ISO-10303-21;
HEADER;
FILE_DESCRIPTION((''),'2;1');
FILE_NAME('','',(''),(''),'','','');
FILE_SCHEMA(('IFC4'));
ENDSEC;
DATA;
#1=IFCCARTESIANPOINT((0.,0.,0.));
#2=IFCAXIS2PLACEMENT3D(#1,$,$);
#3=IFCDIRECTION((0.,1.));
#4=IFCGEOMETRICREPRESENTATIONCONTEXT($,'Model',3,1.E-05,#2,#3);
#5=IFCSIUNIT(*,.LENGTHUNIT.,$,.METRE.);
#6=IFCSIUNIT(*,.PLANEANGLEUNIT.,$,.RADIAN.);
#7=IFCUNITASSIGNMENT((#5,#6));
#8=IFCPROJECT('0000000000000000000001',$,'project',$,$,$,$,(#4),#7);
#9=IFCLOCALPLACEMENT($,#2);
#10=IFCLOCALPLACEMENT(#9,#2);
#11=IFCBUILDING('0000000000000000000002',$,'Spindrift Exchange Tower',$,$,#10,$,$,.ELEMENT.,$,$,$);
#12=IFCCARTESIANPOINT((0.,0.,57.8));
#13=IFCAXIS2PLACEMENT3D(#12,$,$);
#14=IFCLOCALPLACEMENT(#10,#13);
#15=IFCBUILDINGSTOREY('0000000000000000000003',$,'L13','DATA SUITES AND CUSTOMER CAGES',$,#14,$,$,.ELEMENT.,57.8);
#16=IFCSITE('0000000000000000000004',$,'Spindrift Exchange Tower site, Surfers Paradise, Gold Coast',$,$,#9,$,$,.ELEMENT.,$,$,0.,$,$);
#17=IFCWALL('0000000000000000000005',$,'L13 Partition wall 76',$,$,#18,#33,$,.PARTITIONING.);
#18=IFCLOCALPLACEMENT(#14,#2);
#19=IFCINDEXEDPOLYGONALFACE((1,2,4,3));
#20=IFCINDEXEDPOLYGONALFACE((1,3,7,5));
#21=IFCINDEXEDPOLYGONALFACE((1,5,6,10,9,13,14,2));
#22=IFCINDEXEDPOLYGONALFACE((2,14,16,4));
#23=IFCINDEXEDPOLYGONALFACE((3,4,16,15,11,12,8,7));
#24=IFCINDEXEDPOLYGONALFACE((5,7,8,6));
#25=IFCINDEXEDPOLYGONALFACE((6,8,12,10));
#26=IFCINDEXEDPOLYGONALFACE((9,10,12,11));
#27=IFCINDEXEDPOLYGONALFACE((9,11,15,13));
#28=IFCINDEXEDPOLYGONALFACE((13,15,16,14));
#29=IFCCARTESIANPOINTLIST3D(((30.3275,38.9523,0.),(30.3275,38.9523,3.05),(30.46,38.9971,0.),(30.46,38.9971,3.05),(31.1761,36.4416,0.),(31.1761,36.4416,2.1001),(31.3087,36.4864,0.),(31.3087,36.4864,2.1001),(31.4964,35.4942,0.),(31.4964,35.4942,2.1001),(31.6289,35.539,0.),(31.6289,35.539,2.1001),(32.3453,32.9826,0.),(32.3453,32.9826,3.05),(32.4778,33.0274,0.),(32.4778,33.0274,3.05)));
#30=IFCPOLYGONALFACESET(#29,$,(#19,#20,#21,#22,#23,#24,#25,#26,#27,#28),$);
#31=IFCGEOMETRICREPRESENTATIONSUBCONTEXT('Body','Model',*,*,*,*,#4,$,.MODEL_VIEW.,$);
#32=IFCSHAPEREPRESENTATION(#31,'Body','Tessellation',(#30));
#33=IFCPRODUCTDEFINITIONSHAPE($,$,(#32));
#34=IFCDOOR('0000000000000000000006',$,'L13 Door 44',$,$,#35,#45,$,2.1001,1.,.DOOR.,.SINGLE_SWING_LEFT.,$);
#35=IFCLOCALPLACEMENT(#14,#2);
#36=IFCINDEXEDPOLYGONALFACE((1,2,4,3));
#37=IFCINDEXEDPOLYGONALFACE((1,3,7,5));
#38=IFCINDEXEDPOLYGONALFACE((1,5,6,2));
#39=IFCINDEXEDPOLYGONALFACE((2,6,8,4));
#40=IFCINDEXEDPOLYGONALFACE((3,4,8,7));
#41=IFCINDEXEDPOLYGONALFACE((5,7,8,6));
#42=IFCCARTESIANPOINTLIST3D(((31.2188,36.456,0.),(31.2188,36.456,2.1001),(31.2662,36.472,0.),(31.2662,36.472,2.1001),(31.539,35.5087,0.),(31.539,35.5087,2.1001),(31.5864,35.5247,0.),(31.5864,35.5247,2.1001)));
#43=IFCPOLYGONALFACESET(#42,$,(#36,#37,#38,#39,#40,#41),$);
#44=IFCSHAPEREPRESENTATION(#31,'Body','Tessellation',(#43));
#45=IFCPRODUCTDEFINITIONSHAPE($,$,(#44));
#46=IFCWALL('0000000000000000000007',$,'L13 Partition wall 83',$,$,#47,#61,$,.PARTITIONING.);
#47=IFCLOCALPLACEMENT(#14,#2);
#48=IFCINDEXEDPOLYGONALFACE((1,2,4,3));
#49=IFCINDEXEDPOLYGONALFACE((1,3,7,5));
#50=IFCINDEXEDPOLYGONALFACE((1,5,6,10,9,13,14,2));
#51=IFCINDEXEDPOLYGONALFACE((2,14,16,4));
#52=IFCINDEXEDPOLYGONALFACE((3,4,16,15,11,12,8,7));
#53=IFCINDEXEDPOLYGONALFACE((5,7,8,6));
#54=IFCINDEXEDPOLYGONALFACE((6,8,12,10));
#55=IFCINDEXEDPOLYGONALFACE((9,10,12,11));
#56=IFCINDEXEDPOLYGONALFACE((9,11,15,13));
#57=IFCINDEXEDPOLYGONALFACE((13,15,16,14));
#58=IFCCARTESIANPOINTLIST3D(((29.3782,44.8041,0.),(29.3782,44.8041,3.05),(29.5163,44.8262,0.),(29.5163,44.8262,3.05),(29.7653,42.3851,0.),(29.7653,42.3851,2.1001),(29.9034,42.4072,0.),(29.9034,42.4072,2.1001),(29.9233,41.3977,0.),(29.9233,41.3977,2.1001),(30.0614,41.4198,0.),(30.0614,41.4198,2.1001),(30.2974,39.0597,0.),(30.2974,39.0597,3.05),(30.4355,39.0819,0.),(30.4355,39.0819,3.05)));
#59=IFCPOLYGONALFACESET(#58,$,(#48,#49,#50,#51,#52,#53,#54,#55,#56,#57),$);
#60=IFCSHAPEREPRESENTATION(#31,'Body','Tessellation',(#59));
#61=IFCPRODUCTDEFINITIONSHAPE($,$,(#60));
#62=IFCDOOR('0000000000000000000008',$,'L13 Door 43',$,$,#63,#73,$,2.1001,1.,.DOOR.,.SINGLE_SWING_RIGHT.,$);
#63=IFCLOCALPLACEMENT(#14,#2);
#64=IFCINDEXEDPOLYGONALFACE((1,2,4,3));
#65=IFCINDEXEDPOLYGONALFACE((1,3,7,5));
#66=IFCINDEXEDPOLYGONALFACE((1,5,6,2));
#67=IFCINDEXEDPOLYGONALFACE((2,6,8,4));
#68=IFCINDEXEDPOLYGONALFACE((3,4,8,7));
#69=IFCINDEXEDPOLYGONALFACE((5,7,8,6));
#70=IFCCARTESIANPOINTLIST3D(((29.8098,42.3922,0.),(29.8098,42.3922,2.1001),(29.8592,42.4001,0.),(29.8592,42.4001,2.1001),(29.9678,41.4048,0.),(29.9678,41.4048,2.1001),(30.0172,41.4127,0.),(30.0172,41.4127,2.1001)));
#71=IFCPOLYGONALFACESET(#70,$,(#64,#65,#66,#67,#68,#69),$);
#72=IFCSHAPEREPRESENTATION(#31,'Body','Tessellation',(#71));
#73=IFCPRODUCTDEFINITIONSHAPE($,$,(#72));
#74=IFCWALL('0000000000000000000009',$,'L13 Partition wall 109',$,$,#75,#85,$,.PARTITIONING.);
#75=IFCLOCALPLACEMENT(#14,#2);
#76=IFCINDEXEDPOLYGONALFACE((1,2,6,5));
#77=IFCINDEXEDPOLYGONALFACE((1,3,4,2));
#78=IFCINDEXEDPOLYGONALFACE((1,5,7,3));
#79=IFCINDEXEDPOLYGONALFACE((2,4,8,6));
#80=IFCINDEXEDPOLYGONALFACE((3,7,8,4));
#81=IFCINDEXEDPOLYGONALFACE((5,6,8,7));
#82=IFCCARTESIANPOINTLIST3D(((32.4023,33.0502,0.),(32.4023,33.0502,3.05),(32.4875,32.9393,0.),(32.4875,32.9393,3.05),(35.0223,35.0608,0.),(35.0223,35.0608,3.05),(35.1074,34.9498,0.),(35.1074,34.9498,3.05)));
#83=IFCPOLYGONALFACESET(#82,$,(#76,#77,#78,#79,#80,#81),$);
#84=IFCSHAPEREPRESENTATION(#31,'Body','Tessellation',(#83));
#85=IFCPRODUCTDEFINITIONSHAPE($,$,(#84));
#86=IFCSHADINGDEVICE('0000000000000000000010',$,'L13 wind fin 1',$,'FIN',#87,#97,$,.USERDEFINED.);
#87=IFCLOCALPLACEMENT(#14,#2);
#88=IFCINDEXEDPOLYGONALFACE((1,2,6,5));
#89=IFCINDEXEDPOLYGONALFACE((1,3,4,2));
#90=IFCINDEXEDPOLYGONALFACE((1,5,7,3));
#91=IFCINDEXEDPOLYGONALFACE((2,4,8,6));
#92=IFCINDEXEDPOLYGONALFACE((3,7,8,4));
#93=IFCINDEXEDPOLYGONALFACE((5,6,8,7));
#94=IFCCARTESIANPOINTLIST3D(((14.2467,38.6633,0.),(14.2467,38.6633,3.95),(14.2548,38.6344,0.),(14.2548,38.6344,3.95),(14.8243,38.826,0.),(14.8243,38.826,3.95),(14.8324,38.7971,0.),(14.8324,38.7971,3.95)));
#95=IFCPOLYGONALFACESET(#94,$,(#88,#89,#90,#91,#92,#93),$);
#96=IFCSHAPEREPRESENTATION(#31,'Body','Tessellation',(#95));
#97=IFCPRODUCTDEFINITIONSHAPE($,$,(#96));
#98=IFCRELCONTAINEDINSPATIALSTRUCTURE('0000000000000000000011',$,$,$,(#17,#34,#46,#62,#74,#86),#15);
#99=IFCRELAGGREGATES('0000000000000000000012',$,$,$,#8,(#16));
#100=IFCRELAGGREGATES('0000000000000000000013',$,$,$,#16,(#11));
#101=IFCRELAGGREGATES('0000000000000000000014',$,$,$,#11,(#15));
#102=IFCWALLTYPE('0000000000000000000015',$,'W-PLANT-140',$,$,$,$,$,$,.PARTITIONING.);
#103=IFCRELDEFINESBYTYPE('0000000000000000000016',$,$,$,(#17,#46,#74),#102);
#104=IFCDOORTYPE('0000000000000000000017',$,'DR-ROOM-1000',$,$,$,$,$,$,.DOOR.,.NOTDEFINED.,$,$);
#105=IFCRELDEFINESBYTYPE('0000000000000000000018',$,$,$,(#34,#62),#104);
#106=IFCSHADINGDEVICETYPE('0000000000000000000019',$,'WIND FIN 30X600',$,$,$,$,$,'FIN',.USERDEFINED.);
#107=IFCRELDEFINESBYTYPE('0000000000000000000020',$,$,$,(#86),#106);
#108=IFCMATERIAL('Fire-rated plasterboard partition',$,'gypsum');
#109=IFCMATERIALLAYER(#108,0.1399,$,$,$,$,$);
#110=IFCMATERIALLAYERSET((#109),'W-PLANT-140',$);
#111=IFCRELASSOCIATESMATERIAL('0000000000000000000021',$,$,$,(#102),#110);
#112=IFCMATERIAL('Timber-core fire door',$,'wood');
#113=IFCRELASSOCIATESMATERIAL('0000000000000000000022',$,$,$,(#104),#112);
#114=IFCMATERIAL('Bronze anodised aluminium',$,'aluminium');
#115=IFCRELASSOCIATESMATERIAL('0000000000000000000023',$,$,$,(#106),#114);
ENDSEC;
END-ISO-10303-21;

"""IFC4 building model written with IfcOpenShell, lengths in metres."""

from ifc_helpers import new_model, si_unit, direction, frame, frame_2d, origin, origin_2d, place, context, subcontext, project, spatial, rectangle, extrude, source, transform, mapped, material, layer, layer_set, material_profile, profile_set, type_object, element, fill, save


model = new_model("IFC4")

# Units and contexts
model_context = context("Model", 3, precision=1e-05, world=origin(), true_north=direction((0.0, 1.0)))
body_context = subcontext(model_context, "Body", "Model", "MODEL_VIEW")
ifc_project = project(units=[si_unit("LENGTHUNIT", "METRE"), si_unit("PLANEANGLEUNIT", "RADIAN")], contexts=[model_context])

# Site, building, storey
site_placement = place(None, origin())
site = spatial("IfcSite", under=ifc_project, at=site_placement, Name="Spindrift Exchange Tower site, Surfers Paradise, Gold Coast", CompositionType="ELEMENT", RefElevation=0.0)
building_placement = place(site_placement, origin())
building = spatial("IfcBuilding", under=site, at=building_placement, Name="Spindrift Exchange Tower", CompositionType="ELEMENT")
storey_placement = place(building_placement, frame((0.0, 0.0, 57.8)))
storey = spatial("IfcBuildingStorey", under=building, at=storey_placement, Name="L13", Description="DATA SUITES AND CUSTOMER CAGES", CompositionType="ELEMENT", Elevation=57.8)

# Shared definitions
ifc_material_1 = material(Name="Bronze anodised aluminium", Category="aluminium")

# Shared definitions
ifc_material_2 = material(Name="Fire-rated plasterboard partition", Category="gypsum")

# Walls, openings, doors
ifc_layer_1 = layer(ifc_material_2, 0.1399)
ifc_layer_set_1 = layer_set([ifc_layer_1], Name="W-PLANT-140")
wall_type_1 = type_object("IfcWallType", Name="W-PLANT-140", PredefinedType="PARTITIONING", material=ifc_layer_set_1)
wall_1_placement = place(storey_placement, frame((32.4116, 33.0049, 0.0), z_axis=(0.0, 0.0, 1.0), x_axis=(-0.320212, 0.947346, 0.0)))
wall_1 = element("IfcWall", 1, at=wall_1_placement, inside=storey, type_object=wall_type_1, Name="L13 Partition wall 76", PredefinedType="PARTITIONING", context=body_context, shape_type="SweptSolid", body=[
    extrude(rectangle(XDim=6.3015, YDim=0.1399, at=frame_2d((3.1509, 0.0))), origin(), (0.0, 0.0, 1.0), 3.05),
])
opening_1_placement = place(wall_1_placement, frame((2.6514, 0.0, 0.0)))
opening_1 = element("IfcOpeningElement", 2, at=opening_1_placement, cuts=wall_1, PredefinedType="OPENING", context=body_context, shape_type="SweptSolid", body=[
    extrude(rectangle(XDim=1.0, YDim=2.1001, at=frame_2d((0.5, 1.05))), frame((0.0, 0.0798, 0.0), z_axis=(0.0, -1.0, 0.0), x_axis=(1.0, 0.0, 0.0)), (0.0, 0.0, 1.0), 0.1599),
])
ifc_material_3 = material(Name="Timber-core fire door", Category="wood")
door_type = type_object("IfcDoorType", Name="DR-ROOM-1000", OperationType="NOTDEFINED", PredefinedType="DOOR", material=ifc_material_3)
shared_shape_1 = source(origin(), body_context, "Body", "SweptSolid", [
    extrude(rectangle(XDim=1.0, YDim=2.1001, at=frame_2d((0.5, 1.05))), frame((0.0, 0.0249, 0.0), z_axis=(0.0, -1.0, 0.0), x_axis=(1.0, 0.0, 0.0)), (0.0, 0.0, 1.0), 0.05),
])
door_1_placement = place(opening_1_placement, origin())
door_1 = element("IfcDoor", 3, at=door_1_placement, inside=storey, type_object=door_type, Name="L13 Door 44", OperationType="SINGLE_SWING_LEFT", OverallHeight=2.1001, OverallWidth=1.0, PredefinedType="DOOR", context=body_context, shape_type="MappedRepresentation", body=[
    mapped(shared_shape_1, transform((0.0, 0.0, 0.0), scale=1.0)),
])
fill(opening_1, door_1)
wall_2_placement = place(storey_placement, frame((30.3665, 39.0708, 0.0), z_axis=(0.0, 0.0, 1.0), x_axis=(-0.158005, 0.987438, 0.0)))
wall_2 = element("IfcWall", 4, at=wall_2_placement, inside=storey, type_object=wall_type_1, Name="L13 Partition wall 83", PredefinedType="PARTITIONING", context=body_context, shape_type="SweptSolid", body=[
    extrude(rectangle(XDim=5.8174, YDim=0.1399, at=frame_2d((2.9087, 0.0))), origin(), (0.0, 0.0, 1.0), 3.05),
])
opening_2_placement = place(wall_2_placement, frame((2.3677, 0.0, 0.0)))
opening_2 = element("IfcOpeningElement", 5, at=opening_2_placement, cuts=wall_2, PredefinedType="OPENING", context=body_context, shape_type="SweptSolid", body=[
    extrude(rectangle(XDim=1.0, YDim=2.1001, at=frame_2d((0.5, 1.05))), frame((0.0, 0.0798, 0.0), z_axis=(0.0, -1.0, 0.0), x_axis=(1.0, 0.0, 0.0)), (0.0, 0.0, 1.0), 0.1599),
])
door_2_placement = place(opening_2_placement, origin())
door_2 = element("IfcDoor", 6, at=door_2_placement, inside=storey, type_object=door_type, Name="L13 Door 43", OperationType="SINGLE_SWING_RIGHT", OverallHeight=2.1001, OverallWidth=1.0, PredefinedType="DOOR", context=body_context, shape_type="MappedRepresentation", body=[
    mapped(shared_shape_1, transform((0.0, 0.0, 0.0), scale=1.0)),
])
fill(opening_2, door_2)

# Wall
wall_3_placement = place(storey_placement, frame((35.0649, 35.0054, 0.0), z_axis=(0.0, 0.0, 1.0), x_axis=(-0.793324, -0.608799, 0.0)))
element("IfcWall", 7, at=wall_3_placement, inside=storey, type_object=wall_type_1, Name="L13 Partition wall 109", PredefinedType="PARTITIONING", context=body_context, shape_type="SweptSolid", body=[
    extrude(rectangle(XDim=3.3025, YDim=0.1399, at=frame_2d((1.6514, 0.0))), origin(), (0.0, 0.0, 1.0), 3.05),
])

# Shading device
ifc_material_profile_1 = material_profile(ifc_material_1, rectangle(XDim=0.03, YDim=0.6001, at=origin_2d()), Name="WIND FIN 30X600")
ifc_profile_set_1 = profile_set([ifc_material_profile_1], Name="Bronze anodised aluminium")
shading_device_type = type_object("IfcShadingDeviceType", Name="WIND FIN 30X600", ElementType="FIN", PredefinedType="USERDEFINED", material=ifc_profile_set_1)
shared_shape_2 = source(origin(), body_context, "Body", "SweptSolid", [
    extrude(rectangle(XDim=0.03, YDim=0.6001, at=origin_2d()), origin(), (0.0, 0.0, 1.0), 3.95),
])
shading_device_placement = place(storey_placement, frame((14.5396, 38.7302, 0.0), z_axis=(0.0, 0.0, 1.0), x_axis=(0.271047, -0.962566, 0.0)))
element("IfcShadingDevice", 8, at=shading_device_placement, inside=storey, type_object=shading_device_type, Name="L13 wind fin 1", ObjectType="FIN", PredefinedType="USERDEFINED", context=body_context, shape_type="MappedRepresentation", body=[
    mapped(shared_shape_2, transform((0.0, 0.0, 0.0), scale=1.0)),
])

save(model, "model.ifc")
